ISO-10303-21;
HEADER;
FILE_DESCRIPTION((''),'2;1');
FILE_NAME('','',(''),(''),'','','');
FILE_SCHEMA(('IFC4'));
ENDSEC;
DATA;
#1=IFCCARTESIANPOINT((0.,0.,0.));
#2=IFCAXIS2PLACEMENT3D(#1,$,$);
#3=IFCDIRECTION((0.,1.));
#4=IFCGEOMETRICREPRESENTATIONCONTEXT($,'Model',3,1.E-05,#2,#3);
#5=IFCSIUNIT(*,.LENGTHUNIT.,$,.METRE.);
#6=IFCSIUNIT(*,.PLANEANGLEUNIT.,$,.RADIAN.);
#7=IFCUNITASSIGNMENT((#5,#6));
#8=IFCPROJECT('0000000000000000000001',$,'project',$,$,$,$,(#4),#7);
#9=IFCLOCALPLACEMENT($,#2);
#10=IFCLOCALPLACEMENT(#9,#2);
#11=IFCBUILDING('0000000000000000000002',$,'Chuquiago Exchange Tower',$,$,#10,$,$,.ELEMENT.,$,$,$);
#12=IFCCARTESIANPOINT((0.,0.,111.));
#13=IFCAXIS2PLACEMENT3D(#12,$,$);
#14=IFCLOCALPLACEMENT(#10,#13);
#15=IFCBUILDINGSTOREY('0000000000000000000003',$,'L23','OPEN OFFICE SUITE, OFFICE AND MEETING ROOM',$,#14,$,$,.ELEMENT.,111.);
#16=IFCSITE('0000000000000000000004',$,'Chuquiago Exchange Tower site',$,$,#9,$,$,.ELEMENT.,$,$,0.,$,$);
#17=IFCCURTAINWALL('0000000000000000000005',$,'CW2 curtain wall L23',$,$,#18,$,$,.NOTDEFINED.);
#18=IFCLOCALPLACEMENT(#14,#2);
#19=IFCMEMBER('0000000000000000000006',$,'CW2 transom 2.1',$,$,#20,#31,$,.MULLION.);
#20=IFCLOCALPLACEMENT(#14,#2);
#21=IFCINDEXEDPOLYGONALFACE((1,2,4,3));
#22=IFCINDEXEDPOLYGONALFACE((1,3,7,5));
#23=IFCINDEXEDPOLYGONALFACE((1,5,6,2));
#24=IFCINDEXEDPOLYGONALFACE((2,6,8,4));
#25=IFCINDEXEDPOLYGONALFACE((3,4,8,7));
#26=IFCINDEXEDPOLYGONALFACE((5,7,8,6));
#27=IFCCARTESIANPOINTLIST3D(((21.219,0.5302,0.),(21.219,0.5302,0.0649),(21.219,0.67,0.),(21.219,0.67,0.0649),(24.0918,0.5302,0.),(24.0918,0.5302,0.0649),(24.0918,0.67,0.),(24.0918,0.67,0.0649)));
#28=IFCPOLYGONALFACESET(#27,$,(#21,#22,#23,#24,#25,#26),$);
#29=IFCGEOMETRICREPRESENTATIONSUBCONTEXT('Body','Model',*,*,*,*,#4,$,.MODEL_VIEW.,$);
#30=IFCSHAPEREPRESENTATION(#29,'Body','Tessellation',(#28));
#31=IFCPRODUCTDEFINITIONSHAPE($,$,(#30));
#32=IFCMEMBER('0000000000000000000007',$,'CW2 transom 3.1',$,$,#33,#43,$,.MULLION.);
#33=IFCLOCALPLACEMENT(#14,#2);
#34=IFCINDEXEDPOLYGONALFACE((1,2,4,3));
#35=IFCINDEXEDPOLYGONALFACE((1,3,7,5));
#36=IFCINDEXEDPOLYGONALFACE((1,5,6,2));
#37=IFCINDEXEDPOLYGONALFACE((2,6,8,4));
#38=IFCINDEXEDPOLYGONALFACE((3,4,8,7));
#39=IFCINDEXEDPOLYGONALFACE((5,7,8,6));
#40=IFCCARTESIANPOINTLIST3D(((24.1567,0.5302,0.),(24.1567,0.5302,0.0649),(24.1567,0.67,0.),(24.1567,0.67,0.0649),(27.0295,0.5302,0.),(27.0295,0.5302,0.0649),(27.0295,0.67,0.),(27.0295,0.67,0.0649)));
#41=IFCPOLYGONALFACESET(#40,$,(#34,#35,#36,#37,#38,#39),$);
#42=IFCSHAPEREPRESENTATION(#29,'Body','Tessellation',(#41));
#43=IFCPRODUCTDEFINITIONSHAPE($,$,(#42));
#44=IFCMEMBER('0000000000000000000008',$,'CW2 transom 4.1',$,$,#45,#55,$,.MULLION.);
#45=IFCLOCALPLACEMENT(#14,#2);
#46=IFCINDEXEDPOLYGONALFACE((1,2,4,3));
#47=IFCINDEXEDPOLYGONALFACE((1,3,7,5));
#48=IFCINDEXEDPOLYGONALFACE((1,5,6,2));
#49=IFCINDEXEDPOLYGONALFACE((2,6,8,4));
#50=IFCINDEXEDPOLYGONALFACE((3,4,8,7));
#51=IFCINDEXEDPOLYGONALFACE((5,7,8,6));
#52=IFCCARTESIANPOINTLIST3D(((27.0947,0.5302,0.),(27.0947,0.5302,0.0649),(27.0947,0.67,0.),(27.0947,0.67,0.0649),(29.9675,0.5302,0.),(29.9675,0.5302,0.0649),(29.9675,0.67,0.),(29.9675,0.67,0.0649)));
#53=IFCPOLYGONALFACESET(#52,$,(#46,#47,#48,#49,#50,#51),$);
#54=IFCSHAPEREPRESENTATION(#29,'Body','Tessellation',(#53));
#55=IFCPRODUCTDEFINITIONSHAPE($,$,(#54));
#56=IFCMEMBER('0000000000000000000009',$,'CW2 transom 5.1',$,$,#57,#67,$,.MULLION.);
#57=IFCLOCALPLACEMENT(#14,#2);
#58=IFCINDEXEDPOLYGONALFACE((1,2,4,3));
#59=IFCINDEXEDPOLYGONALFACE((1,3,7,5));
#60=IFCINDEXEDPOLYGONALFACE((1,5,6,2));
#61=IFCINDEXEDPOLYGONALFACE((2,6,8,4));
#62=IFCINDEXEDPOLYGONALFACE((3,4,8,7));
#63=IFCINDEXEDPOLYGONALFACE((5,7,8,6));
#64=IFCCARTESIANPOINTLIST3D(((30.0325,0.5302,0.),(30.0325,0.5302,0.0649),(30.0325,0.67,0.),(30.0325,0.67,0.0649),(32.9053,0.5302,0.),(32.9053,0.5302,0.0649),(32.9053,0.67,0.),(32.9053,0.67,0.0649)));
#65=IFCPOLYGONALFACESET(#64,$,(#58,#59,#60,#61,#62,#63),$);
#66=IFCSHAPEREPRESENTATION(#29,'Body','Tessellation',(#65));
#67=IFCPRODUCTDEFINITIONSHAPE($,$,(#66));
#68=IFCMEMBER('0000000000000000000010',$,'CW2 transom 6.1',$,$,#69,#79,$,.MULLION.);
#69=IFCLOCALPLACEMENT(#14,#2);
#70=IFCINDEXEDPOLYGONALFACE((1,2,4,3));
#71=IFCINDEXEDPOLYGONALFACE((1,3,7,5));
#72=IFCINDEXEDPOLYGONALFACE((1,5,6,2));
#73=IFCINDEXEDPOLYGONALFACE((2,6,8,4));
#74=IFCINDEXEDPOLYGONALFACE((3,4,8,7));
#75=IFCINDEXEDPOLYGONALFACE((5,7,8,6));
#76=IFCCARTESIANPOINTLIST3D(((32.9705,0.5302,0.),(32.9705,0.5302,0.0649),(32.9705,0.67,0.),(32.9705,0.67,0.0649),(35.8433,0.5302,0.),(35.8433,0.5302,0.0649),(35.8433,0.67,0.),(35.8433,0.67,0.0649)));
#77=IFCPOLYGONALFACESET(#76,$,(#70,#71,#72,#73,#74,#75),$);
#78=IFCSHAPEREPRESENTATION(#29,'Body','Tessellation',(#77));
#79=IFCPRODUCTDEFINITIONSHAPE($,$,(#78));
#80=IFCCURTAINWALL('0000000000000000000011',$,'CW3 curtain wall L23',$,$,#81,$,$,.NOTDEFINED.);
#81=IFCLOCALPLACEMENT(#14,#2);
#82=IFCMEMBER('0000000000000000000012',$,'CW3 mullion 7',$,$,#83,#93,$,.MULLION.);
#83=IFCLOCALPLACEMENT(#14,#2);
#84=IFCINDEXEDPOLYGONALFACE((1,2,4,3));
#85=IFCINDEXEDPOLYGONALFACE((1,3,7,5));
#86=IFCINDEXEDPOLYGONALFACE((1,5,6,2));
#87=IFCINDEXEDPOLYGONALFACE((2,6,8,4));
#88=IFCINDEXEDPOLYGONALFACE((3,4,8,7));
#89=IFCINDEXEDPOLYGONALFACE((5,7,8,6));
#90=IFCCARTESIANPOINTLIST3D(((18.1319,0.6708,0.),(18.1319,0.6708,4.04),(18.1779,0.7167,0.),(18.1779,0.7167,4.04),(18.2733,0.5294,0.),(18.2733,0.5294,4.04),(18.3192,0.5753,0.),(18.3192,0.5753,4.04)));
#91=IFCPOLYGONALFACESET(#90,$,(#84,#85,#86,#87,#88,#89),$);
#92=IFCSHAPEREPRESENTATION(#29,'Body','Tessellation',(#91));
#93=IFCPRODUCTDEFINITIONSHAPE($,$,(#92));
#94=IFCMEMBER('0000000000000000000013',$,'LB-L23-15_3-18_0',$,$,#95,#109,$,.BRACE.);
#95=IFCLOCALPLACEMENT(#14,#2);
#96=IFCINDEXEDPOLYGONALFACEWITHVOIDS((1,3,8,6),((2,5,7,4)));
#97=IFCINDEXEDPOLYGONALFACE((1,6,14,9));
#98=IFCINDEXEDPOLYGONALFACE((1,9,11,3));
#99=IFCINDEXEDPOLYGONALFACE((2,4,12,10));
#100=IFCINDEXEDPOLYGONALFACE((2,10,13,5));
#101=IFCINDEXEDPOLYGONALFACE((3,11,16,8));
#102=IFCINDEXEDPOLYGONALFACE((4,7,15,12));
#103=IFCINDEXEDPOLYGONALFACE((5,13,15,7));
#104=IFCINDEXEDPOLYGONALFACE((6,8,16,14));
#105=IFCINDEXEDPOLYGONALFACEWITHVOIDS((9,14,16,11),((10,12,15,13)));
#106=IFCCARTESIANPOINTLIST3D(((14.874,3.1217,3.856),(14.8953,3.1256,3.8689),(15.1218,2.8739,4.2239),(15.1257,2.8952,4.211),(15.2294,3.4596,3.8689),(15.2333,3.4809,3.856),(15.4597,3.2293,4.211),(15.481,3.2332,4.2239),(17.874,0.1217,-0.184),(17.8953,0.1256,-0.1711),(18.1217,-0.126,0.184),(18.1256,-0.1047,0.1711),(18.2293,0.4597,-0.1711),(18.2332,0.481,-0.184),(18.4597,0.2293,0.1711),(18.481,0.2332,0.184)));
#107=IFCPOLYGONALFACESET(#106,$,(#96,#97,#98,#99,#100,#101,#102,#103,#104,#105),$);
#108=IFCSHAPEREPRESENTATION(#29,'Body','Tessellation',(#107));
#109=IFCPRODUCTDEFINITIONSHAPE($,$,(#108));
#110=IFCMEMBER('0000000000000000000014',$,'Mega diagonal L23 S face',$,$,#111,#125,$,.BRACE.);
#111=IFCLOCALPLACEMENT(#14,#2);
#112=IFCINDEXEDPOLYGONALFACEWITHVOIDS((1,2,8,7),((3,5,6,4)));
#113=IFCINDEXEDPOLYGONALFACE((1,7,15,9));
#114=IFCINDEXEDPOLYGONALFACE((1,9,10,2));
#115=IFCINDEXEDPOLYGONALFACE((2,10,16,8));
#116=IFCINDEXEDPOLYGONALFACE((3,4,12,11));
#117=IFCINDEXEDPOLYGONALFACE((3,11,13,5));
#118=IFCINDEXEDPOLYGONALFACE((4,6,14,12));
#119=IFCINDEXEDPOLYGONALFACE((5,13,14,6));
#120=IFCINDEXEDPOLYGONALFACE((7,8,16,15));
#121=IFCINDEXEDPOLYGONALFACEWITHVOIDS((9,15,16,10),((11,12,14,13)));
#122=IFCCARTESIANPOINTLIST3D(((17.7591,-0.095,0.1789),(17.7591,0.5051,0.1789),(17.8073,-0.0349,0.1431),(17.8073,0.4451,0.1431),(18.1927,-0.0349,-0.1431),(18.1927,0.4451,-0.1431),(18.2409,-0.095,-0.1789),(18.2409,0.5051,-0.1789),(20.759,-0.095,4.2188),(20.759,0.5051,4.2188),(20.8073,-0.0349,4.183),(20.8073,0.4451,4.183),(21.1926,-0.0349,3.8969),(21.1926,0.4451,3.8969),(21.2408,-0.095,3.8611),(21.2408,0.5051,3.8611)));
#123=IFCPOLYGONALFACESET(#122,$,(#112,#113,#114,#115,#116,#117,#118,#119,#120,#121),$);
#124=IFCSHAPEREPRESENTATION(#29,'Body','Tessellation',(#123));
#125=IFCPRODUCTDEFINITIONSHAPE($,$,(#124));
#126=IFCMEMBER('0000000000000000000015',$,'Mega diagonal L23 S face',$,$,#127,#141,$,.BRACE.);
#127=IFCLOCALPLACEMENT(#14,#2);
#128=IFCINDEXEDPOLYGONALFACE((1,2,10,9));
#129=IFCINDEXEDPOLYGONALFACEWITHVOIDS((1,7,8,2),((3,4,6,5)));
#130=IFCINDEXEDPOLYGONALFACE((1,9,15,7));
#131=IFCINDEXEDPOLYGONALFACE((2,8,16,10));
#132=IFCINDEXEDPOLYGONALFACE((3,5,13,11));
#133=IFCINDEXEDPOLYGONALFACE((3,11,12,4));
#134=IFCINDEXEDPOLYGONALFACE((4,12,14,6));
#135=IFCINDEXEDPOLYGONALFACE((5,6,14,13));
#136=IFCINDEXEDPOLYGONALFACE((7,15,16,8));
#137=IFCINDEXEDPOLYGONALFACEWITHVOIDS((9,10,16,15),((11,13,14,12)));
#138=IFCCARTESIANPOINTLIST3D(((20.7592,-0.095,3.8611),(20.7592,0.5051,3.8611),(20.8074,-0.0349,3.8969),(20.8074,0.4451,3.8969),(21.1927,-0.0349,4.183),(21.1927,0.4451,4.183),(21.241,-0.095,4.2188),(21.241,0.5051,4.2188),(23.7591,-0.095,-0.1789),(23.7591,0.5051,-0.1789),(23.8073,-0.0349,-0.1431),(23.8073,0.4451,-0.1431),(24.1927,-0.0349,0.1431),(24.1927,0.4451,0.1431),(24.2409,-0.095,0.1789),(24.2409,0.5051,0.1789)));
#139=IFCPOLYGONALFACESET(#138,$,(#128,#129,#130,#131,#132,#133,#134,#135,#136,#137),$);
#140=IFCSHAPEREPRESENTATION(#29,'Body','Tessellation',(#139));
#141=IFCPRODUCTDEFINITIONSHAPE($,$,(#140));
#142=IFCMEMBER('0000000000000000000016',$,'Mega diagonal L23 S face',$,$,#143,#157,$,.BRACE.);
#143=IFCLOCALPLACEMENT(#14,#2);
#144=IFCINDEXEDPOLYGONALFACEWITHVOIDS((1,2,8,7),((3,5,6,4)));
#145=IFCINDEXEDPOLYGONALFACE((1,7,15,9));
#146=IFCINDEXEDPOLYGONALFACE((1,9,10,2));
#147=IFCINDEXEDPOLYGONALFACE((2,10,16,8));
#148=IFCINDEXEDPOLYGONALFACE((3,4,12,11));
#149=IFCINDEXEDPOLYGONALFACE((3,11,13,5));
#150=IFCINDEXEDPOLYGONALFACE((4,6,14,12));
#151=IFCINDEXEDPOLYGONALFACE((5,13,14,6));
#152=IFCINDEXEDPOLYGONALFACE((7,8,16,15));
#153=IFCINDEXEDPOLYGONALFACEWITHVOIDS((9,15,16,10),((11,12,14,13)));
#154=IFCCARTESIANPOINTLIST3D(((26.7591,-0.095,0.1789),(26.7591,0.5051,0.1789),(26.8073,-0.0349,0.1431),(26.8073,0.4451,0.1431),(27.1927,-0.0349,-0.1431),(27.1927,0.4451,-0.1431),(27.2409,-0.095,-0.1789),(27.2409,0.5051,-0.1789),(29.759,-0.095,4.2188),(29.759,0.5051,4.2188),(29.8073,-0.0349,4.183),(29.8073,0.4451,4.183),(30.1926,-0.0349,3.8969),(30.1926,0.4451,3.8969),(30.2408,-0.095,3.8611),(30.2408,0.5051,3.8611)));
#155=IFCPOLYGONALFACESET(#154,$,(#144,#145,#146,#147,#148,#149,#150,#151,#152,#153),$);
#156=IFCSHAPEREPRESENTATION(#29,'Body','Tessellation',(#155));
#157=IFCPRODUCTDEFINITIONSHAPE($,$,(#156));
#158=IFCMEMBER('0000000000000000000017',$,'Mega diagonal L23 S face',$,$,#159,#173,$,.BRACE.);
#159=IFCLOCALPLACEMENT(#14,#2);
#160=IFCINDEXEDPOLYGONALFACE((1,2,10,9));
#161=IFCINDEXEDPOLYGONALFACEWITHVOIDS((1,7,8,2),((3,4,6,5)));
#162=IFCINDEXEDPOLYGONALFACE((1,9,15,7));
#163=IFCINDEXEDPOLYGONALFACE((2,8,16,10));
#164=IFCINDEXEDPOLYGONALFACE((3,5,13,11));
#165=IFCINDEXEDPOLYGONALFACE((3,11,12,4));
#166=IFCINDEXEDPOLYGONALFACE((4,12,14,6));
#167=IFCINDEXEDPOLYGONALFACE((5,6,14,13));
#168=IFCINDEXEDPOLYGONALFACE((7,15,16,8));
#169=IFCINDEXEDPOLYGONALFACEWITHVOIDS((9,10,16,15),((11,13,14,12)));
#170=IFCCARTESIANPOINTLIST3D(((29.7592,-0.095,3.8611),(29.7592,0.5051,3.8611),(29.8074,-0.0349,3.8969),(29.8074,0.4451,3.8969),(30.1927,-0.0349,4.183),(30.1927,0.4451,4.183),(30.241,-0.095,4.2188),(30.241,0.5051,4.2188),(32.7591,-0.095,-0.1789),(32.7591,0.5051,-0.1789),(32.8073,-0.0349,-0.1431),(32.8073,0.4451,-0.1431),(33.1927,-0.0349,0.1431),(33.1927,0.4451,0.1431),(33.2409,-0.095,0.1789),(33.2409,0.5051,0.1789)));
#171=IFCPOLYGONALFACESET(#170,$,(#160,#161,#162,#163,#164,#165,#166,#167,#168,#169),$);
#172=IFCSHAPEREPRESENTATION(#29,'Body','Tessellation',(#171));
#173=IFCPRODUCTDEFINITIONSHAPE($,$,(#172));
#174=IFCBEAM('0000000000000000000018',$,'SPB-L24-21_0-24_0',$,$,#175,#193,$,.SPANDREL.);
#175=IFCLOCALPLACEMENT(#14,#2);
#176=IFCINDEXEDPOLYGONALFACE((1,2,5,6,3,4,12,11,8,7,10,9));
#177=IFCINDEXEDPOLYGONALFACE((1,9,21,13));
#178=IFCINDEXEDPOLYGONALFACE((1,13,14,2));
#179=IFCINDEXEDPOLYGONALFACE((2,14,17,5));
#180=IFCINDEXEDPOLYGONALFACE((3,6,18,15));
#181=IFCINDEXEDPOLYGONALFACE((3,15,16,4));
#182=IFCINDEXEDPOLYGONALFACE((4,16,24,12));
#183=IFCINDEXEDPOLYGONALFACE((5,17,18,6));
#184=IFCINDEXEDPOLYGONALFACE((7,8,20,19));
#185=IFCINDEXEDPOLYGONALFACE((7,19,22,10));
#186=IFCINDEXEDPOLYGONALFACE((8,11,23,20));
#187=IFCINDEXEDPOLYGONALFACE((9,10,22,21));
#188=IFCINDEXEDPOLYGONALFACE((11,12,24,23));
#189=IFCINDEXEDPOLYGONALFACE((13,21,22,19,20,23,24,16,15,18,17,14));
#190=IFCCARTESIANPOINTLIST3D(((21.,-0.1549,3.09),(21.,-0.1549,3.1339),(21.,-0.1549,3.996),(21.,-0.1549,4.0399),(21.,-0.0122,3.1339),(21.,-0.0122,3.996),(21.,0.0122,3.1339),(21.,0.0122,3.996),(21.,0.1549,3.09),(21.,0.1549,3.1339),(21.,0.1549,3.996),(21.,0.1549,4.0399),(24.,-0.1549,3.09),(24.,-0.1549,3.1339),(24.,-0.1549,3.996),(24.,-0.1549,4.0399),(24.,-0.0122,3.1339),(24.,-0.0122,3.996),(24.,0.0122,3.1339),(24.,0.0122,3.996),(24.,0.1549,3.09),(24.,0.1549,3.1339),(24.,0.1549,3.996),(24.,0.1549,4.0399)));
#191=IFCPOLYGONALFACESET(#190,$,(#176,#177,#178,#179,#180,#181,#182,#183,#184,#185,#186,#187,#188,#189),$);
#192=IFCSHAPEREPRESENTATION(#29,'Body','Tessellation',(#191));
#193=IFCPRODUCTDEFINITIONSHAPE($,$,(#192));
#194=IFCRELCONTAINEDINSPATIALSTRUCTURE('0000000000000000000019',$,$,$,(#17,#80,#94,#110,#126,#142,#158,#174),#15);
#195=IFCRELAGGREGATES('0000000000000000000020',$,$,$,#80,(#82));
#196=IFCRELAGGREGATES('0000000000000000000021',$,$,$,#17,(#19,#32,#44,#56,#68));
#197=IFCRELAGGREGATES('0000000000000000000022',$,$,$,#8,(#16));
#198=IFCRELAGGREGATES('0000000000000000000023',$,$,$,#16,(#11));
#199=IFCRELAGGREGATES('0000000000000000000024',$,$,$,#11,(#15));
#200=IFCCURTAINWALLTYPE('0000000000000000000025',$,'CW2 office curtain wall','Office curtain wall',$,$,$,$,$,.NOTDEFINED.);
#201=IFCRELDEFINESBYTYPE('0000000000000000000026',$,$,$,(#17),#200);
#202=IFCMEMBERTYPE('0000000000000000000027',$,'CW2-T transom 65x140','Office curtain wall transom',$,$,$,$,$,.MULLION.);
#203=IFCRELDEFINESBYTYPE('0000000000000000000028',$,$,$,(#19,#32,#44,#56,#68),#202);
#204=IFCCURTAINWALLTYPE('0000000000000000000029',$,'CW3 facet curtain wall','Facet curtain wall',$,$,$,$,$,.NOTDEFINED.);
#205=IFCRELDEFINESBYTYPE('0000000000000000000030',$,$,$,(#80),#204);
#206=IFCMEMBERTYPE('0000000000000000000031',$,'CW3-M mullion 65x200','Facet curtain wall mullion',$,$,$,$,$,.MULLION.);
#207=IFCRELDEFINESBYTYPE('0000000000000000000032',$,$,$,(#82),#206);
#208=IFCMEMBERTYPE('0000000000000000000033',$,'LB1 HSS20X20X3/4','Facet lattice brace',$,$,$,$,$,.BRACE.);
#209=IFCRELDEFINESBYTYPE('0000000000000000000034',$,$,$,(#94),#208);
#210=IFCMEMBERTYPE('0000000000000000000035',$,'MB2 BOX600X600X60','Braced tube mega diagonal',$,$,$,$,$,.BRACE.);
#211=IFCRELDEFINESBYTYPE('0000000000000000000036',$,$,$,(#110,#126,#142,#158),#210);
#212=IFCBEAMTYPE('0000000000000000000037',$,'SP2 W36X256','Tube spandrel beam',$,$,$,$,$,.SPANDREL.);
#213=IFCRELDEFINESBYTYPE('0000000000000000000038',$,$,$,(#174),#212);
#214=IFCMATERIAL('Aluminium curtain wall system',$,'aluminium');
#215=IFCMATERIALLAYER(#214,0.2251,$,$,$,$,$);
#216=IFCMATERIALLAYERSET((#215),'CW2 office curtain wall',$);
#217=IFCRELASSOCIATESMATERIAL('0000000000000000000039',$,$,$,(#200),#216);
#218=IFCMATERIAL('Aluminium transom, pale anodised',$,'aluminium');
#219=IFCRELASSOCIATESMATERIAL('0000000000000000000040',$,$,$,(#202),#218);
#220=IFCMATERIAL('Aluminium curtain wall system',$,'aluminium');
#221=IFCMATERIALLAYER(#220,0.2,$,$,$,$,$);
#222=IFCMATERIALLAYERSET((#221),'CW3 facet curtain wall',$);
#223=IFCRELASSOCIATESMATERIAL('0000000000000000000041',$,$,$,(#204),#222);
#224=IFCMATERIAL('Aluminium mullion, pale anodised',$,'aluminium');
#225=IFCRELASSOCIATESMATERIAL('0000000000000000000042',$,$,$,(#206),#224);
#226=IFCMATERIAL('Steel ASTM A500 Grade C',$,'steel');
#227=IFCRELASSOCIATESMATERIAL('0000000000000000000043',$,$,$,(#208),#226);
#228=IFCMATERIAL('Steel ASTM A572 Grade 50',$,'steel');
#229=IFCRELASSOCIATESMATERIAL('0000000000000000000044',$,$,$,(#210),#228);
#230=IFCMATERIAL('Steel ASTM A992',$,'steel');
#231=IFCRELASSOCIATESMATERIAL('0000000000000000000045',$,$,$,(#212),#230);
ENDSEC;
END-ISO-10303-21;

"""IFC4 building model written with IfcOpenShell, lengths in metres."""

from ifc_helpers import new_model, si_unit, direction, frame, origin, origin_2d, place, context, subcontext, project, spatial, rectangle, hollow_rectangle, i_section, extrude, material, layer, layer_set, material_profile, profile_set, type_object, element, aggregate, save


model = new_model("IFC4")

# Units and contexts
model_context = context("Model", 3, precision=1e-05, world=origin(), true_north=direction((0.0, 1.0)))
body_context = subcontext(model_context, "Body", "Model", "MODEL_VIEW")
ifc_project = project(units=[si_unit("LENGTHUNIT", "METRE"), si_unit("PLANEANGLEUNIT", "RADIAN")], contexts=[model_context])

# Site, building, storey
site_placement = place(None, origin())
site = spatial("IfcSite", under=ifc_project, at=site_placement, Name="Chuquiago Exchange Tower site", CompositionType="ELEMENT", RefElevation=0.0)
building_placement = place(site_placement, origin())
building = spatial("IfcBuilding", under=site, at=building_placement, Name="Chuquiago Exchange Tower", CompositionType="ELEMENT")
storey_placement = place(building_placement, frame((0.0, 0.0, 111.0)))
storey = spatial("IfcBuildingStorey", under=building, at=storey_placement, Name="L23", Description="OPEN OFFICE SUITE, OFFICE AND MEETING ROOM", CompositionType="ELEMENT", Elevation=111.0)

# Curtain wall, members
ifc_material_1 = material(Name="Aluminium curtain wall system", Category="aluminium")
ifc_layer_1 = layer(ifc_material_1, 0.2251)
ifc_layer_set_1 = layer_set([ifc_layer_1], Name="CW2 office curtain wall")
curtain_wall_type_1 = type_object("IfcCurtainWallType", Name="CW2 office curtain wall", Description="Office curtain wall", PredefinedType="NOTDEFINED", material=ifc_layer_set_1)
curtain_wall_1_placement = place(storey_placement, origin())
curtain_wall_1 = element("IfcCurtainWall", 1, at=curtain_wall_1_placement, inside=storey, type_object=curtain_wall_type_1, Name="CW2 curtain wall L23", PredefinedType="NOTDEFINED")
ifc_material_2 = material(Name="Aluminium transom, pale anodised", Category="aluminium")
ifc_material_profile_1 = material_profile(ifc_material_2, rectangle(XDim=0.1399, YDim=0.0649, at=origin_2d()), Name="AL 140x65")
ifc_profile_set_1 = profile_set([ifc_material_profile_1], Name="Aluminium transom, pale anodised")
member_type_1 = type_object("IfcMemberType", Name="CW2-T transom 65x140", Description="Office curtain wall transom", PredefinedType="MULLION", material=ifc_profile_set_1)
member_1_placement = place(storey_placement, frame((21.219, 0.6001, 0.0325), z_axis=(1.0, 0.0, 0.0), x_axis=(0.0, 1.0, 0.0)))
member_1 = element("IfcMember", 2, at=member_1_placement, type_object=member_type_1, Name="CW2 transom 2.1", PredefinedType="MULLION", context=body_context, shape_type="SweptSolid", body=[
    extrude(rectangle(XDim=0.1399, YDim=0.0649, at=origin_2d()), origin(), (0.0, 0.0, 1.0), 2.8728),
])
member_2_placement = place(storey_placement, frame((24.1567, 0.6001, 0.0325), z_axis=(1.0, 0.0, 0.0), x_axis=(0.0, 1.0, 0.0)))
member_2 = element("IfcMember", 3, at=member_2_placement, type_object=member_type_1, Name="CW2 transom 3.1", PredefinedType="MULLION", context=body_context, shape_type="SweptSolid", body=[
    extrude(rectangle(XDim=0.1399, YDim=0.0649, at=origin_2d()), origin(), (0.0, 0.0, 1.0), 2.8728),
])
member_3_placement = place(storey_placement, frame((27.0947, 0.6001, 0.0325), z_axis=(1.0, 0.0, 0.0), x_axis=(0.0, 1.0, 0.0)))
member_3 = element("IfcMember", 4, at=member_3_placement, type_object=member_type_1, Name="CW2 transom 4.1", PredefinedType="MULLION", context=body_context, shape_type="SweptSolid", body=[
    extrude(rectangle(XDim=0.1399, YDim=0.0649, at=origin_2d()), origin(), (0.0, 0.0, 1.0), 2.8728),
])
member_4_placement = place(storey_placement, frame((30.0325, 0.6001, 0.0325), z_axis=(1.0, 0.0, 0.0), x_axis=(0.0, 1.0, 0.0)))
member_4 = element("IfcMember", 5, at=member_4_placement, type_object=member_type_1, Name="CW2 transom 5.1", PredefinedType="MULLION", context=body_context, shape_type="SweptSolid", body=[
    extrude(rectangle(XDim=0.1399, YDim=0.0649, at=origin_2d()), origin(), (0.0, 0.0, 1.0), 2.8728),
])
member_5_placement = place(storey_placement, frame((32.9705, 0.6001, 0.0325), z_axis=(1.0, 0.0, 0.0), x_axis=(0.0, 1.0, 0.0)))
member_5 = element("IfcMember", 6, at=member_5_placement, type_object=member_type_1, Name="CW2 transom 6.1", PredefinedType="MULLION", context=body_context, shape_type="SweptSolid", body=[
    extrude(rectangle(XDim=0.1399, YDim=0.0649, at=origin_2d()), origin(), (0.0, 0.0, 1.0), 2.8728),
])

# Curtain wall, member
ifc_material_3 = material(Name="Aluminium curtain wall system", Category="aluminium")
ifc_layer_2 = layer(ifc_material_3, 0.2)
ifc_layer_set_2 = layer_set([ifc_layer_2], Name="CW3 facet curtain wall")
curtain_wall_type_2 = type_object("IfcCurtainWallType", Name="CW3 facet curtain wall", Description="Facet curtain wall", PredefinedType="NOTDEFINED", material=ifc_layer_set_2)
curtain_wall_2_placement = place(storey_placement, origin())
curtain_wall_2 = element("IfcCurtainWall", 7, at=curtain_wall_2_placement, inside=storey, type_object=curtain_wall_type_2, Name="CW3 curtain wall L23", PredefinedType="NOTDEFINED")
ifc_material_4 = material(Name="Aluminium mullion, pale anodised", Category="aluminium")
ifc_material_profile_2 = material_profile(ifc_material_4, rectangle(XDim=0.0649, YDim=0.2, at=origin_2d()), Name="AL 65x200")
ifc_profile_set_2 = profile_set([ifc_material_profile_2], Name="Aluminium mullion, pale anodised")
member_type_2 = type_object("IfcMemberType", Name="CW3-M mullion 65x200", Description="Facet curtain wall mullion", PredefinedType="MULLION", material=ifc_profile_set_2)
member_6_placement = place(storey_placement, frame((18.2256, 0.623, 0.0), z_axis=(0.0, 0.0, 1.0), x_axis=(0.707107, 0.707107, 0.0)))
member_6 = element("IfcMember", 8, at=member_6_placement, type_object=member_type_2, Name="CW3 mullion 7", PredefinedType="MULLION", context=body_context, shape_type="SweptSolid", body=[
    extrude(rectangle(XDim=0.0649, YDim=0.2, at=origin_2d()), origin(), (0.0, 0.0, 1.0), 4.04),
])
aggregate(curtain_wall_2, [member_6])

# Members
ifc_material_5 = material(Name="Steel ASTM A500 Grade C", Category="steel")
ifc_material_profile_3 = material_profile(ifc_material_5, hollow_rectangle(XDim=0.5081, YDim=0.5081, WallThickness=0.0178, at=origin_2d()), Name="HSS20X20X3/4")
ifc_profile_set_3 = profile_set([ifc_material_profile_3], Name="Steel ASTM A500 Grade C")
member_type_3 = type_object("IfcMemberType", Name="LB1 HSS20X20X3/4", Description="Facet lattice brace", PredefinedType="BRACE", material=ifc_profile_set_3)
member_7_placement = place(storey_placement, frame((18.1775, 0.1775, 0.0), z_axis=(-0.512077, 0.512077, 0.689604), x_axis=(-0.707107, -0.707107, 0.0)))
element("IfcMember", 9, at=member_7_placement, inside=storey, type_object=member_type_3, Name="LB-L23-15_3-18_0", PredefinedType="BRACE", context=body_context, shape_type="SweptSolid", body=[
    extrude(hollow_rectangle(XDim=0.5081, YDim=0.5081, WallThickness=0.0178, at=origin_2d()), origin(), (0.0, 0.0, 1.0), 5.8584),
])
ifc_material_6 = material(Name="Steel ASTM A572 Grade 50", Category="steel")
ifc_material_profile_4 = material_profile(ifc_material_6, hollow_rectangle(XDim=0.6001, YDim=0.6001, WallThickness=0.0601, at=origin_2d()), Name="BOX600X600X60")
ifc_profile_set_4 = profile_set([ifc_material_profile_4], Name="Steel ASTM A572 Grade 50")
member_type_4 = type_object("IfcMemberType", Name="MB2 BOX600X600X60", Description="Braced tube mega diagonal", PredefinedType="BRACE", material=ifc_profile_set_4)
for number, where, z_axis, x_axis, name in (
    (10, (18.0, 0.2051, 0.0), (0.596174, 0.0, 0.802855), (0.0, 1.0, 0.0), "Mega diagonal L23 S face"),
    (11, (24.0, 0.2051, 0.0), (-0.596174, 0.0, 0.802855), (0.0, -1.0, 0.0), "Mega diagonal L23 S face"),
    (12, (27.0, 0.2051, 0.0), (0.596174, 0.0, 0.802855), (0.0, 1.0, 0.0), "Mega diagonal L23 S face"),
    (13, (33.0, 0.2051, 0.0), (-0.596174, 0.0, 0.802855), (0.0, -1.0, 0.0), "Mega diagonal L23 S face"),
):
    element("IfcMember", number, at=place(storey_placement, frame(where, z_axis=z_axis, x_axis=x_axis)), inside=storey, type_object=member_type_4, Name=name, PredefinedType="BRACE", context=body_context, shape_type="SweptSolid", body=[
        extrude(hollow_rectangle(XDim=0.6001, YDim=0.6001, WallThickness=0.0601, at=origin_2d()), origin(), (0.0, 0.0, 1.0), 5.032),
    ])

# Beam
ifc_material_7 = material(Name="Steel ASTM A992", Category="steel")
ifc_material_profile_5 = material_profile(ifc_material_7, i_section(OverallWidth=0.3098, OverallDepth=0.95, WebThickness=0.0244, FlangeThickness=0.0439, at=origin_2d()), Name="W36X256")
ifc_profile_set_5 = profile_set([ifc_material_profile_5], Name="Steel ASTM A992")
beam_type = type_object("IfcBeamType", Name="SP2 W36X256", Description="Tube spandrel beam", PredefinedType="SPANDREL", material=ifc_profile_set_5)
for number, where, z_axis, x_axis, name in (
    (14, (21.0, 0.0, 3.5649), (1.0, 0.0, 0.0), (0.0, 1.0, 0.0), "SPB-L24-21_0-24_0"),
):
    element("IfcBeam", number, at=place(storey_placement, frame(where, z_axis=z_axis, x_axis=x_axis)), inside=storey, type_object=beam_type, Name=name, PredefinedType="SPANDREL", context=body_context, shape_type="SweptSolid", body=[
        extrude(i_section(OverallWidth=0.3098, OverallDepth=0.95, WebThickness=0.0244, FlangeThickness=0.0439, at=origin_2d()), origin(), (0.0, 0.0, 1.0), 3.0),
    ])

aggregate(curtain_wall_1, [member_1, member_2, member_3, member_4, member_5])

save(model, "model.ifc")
